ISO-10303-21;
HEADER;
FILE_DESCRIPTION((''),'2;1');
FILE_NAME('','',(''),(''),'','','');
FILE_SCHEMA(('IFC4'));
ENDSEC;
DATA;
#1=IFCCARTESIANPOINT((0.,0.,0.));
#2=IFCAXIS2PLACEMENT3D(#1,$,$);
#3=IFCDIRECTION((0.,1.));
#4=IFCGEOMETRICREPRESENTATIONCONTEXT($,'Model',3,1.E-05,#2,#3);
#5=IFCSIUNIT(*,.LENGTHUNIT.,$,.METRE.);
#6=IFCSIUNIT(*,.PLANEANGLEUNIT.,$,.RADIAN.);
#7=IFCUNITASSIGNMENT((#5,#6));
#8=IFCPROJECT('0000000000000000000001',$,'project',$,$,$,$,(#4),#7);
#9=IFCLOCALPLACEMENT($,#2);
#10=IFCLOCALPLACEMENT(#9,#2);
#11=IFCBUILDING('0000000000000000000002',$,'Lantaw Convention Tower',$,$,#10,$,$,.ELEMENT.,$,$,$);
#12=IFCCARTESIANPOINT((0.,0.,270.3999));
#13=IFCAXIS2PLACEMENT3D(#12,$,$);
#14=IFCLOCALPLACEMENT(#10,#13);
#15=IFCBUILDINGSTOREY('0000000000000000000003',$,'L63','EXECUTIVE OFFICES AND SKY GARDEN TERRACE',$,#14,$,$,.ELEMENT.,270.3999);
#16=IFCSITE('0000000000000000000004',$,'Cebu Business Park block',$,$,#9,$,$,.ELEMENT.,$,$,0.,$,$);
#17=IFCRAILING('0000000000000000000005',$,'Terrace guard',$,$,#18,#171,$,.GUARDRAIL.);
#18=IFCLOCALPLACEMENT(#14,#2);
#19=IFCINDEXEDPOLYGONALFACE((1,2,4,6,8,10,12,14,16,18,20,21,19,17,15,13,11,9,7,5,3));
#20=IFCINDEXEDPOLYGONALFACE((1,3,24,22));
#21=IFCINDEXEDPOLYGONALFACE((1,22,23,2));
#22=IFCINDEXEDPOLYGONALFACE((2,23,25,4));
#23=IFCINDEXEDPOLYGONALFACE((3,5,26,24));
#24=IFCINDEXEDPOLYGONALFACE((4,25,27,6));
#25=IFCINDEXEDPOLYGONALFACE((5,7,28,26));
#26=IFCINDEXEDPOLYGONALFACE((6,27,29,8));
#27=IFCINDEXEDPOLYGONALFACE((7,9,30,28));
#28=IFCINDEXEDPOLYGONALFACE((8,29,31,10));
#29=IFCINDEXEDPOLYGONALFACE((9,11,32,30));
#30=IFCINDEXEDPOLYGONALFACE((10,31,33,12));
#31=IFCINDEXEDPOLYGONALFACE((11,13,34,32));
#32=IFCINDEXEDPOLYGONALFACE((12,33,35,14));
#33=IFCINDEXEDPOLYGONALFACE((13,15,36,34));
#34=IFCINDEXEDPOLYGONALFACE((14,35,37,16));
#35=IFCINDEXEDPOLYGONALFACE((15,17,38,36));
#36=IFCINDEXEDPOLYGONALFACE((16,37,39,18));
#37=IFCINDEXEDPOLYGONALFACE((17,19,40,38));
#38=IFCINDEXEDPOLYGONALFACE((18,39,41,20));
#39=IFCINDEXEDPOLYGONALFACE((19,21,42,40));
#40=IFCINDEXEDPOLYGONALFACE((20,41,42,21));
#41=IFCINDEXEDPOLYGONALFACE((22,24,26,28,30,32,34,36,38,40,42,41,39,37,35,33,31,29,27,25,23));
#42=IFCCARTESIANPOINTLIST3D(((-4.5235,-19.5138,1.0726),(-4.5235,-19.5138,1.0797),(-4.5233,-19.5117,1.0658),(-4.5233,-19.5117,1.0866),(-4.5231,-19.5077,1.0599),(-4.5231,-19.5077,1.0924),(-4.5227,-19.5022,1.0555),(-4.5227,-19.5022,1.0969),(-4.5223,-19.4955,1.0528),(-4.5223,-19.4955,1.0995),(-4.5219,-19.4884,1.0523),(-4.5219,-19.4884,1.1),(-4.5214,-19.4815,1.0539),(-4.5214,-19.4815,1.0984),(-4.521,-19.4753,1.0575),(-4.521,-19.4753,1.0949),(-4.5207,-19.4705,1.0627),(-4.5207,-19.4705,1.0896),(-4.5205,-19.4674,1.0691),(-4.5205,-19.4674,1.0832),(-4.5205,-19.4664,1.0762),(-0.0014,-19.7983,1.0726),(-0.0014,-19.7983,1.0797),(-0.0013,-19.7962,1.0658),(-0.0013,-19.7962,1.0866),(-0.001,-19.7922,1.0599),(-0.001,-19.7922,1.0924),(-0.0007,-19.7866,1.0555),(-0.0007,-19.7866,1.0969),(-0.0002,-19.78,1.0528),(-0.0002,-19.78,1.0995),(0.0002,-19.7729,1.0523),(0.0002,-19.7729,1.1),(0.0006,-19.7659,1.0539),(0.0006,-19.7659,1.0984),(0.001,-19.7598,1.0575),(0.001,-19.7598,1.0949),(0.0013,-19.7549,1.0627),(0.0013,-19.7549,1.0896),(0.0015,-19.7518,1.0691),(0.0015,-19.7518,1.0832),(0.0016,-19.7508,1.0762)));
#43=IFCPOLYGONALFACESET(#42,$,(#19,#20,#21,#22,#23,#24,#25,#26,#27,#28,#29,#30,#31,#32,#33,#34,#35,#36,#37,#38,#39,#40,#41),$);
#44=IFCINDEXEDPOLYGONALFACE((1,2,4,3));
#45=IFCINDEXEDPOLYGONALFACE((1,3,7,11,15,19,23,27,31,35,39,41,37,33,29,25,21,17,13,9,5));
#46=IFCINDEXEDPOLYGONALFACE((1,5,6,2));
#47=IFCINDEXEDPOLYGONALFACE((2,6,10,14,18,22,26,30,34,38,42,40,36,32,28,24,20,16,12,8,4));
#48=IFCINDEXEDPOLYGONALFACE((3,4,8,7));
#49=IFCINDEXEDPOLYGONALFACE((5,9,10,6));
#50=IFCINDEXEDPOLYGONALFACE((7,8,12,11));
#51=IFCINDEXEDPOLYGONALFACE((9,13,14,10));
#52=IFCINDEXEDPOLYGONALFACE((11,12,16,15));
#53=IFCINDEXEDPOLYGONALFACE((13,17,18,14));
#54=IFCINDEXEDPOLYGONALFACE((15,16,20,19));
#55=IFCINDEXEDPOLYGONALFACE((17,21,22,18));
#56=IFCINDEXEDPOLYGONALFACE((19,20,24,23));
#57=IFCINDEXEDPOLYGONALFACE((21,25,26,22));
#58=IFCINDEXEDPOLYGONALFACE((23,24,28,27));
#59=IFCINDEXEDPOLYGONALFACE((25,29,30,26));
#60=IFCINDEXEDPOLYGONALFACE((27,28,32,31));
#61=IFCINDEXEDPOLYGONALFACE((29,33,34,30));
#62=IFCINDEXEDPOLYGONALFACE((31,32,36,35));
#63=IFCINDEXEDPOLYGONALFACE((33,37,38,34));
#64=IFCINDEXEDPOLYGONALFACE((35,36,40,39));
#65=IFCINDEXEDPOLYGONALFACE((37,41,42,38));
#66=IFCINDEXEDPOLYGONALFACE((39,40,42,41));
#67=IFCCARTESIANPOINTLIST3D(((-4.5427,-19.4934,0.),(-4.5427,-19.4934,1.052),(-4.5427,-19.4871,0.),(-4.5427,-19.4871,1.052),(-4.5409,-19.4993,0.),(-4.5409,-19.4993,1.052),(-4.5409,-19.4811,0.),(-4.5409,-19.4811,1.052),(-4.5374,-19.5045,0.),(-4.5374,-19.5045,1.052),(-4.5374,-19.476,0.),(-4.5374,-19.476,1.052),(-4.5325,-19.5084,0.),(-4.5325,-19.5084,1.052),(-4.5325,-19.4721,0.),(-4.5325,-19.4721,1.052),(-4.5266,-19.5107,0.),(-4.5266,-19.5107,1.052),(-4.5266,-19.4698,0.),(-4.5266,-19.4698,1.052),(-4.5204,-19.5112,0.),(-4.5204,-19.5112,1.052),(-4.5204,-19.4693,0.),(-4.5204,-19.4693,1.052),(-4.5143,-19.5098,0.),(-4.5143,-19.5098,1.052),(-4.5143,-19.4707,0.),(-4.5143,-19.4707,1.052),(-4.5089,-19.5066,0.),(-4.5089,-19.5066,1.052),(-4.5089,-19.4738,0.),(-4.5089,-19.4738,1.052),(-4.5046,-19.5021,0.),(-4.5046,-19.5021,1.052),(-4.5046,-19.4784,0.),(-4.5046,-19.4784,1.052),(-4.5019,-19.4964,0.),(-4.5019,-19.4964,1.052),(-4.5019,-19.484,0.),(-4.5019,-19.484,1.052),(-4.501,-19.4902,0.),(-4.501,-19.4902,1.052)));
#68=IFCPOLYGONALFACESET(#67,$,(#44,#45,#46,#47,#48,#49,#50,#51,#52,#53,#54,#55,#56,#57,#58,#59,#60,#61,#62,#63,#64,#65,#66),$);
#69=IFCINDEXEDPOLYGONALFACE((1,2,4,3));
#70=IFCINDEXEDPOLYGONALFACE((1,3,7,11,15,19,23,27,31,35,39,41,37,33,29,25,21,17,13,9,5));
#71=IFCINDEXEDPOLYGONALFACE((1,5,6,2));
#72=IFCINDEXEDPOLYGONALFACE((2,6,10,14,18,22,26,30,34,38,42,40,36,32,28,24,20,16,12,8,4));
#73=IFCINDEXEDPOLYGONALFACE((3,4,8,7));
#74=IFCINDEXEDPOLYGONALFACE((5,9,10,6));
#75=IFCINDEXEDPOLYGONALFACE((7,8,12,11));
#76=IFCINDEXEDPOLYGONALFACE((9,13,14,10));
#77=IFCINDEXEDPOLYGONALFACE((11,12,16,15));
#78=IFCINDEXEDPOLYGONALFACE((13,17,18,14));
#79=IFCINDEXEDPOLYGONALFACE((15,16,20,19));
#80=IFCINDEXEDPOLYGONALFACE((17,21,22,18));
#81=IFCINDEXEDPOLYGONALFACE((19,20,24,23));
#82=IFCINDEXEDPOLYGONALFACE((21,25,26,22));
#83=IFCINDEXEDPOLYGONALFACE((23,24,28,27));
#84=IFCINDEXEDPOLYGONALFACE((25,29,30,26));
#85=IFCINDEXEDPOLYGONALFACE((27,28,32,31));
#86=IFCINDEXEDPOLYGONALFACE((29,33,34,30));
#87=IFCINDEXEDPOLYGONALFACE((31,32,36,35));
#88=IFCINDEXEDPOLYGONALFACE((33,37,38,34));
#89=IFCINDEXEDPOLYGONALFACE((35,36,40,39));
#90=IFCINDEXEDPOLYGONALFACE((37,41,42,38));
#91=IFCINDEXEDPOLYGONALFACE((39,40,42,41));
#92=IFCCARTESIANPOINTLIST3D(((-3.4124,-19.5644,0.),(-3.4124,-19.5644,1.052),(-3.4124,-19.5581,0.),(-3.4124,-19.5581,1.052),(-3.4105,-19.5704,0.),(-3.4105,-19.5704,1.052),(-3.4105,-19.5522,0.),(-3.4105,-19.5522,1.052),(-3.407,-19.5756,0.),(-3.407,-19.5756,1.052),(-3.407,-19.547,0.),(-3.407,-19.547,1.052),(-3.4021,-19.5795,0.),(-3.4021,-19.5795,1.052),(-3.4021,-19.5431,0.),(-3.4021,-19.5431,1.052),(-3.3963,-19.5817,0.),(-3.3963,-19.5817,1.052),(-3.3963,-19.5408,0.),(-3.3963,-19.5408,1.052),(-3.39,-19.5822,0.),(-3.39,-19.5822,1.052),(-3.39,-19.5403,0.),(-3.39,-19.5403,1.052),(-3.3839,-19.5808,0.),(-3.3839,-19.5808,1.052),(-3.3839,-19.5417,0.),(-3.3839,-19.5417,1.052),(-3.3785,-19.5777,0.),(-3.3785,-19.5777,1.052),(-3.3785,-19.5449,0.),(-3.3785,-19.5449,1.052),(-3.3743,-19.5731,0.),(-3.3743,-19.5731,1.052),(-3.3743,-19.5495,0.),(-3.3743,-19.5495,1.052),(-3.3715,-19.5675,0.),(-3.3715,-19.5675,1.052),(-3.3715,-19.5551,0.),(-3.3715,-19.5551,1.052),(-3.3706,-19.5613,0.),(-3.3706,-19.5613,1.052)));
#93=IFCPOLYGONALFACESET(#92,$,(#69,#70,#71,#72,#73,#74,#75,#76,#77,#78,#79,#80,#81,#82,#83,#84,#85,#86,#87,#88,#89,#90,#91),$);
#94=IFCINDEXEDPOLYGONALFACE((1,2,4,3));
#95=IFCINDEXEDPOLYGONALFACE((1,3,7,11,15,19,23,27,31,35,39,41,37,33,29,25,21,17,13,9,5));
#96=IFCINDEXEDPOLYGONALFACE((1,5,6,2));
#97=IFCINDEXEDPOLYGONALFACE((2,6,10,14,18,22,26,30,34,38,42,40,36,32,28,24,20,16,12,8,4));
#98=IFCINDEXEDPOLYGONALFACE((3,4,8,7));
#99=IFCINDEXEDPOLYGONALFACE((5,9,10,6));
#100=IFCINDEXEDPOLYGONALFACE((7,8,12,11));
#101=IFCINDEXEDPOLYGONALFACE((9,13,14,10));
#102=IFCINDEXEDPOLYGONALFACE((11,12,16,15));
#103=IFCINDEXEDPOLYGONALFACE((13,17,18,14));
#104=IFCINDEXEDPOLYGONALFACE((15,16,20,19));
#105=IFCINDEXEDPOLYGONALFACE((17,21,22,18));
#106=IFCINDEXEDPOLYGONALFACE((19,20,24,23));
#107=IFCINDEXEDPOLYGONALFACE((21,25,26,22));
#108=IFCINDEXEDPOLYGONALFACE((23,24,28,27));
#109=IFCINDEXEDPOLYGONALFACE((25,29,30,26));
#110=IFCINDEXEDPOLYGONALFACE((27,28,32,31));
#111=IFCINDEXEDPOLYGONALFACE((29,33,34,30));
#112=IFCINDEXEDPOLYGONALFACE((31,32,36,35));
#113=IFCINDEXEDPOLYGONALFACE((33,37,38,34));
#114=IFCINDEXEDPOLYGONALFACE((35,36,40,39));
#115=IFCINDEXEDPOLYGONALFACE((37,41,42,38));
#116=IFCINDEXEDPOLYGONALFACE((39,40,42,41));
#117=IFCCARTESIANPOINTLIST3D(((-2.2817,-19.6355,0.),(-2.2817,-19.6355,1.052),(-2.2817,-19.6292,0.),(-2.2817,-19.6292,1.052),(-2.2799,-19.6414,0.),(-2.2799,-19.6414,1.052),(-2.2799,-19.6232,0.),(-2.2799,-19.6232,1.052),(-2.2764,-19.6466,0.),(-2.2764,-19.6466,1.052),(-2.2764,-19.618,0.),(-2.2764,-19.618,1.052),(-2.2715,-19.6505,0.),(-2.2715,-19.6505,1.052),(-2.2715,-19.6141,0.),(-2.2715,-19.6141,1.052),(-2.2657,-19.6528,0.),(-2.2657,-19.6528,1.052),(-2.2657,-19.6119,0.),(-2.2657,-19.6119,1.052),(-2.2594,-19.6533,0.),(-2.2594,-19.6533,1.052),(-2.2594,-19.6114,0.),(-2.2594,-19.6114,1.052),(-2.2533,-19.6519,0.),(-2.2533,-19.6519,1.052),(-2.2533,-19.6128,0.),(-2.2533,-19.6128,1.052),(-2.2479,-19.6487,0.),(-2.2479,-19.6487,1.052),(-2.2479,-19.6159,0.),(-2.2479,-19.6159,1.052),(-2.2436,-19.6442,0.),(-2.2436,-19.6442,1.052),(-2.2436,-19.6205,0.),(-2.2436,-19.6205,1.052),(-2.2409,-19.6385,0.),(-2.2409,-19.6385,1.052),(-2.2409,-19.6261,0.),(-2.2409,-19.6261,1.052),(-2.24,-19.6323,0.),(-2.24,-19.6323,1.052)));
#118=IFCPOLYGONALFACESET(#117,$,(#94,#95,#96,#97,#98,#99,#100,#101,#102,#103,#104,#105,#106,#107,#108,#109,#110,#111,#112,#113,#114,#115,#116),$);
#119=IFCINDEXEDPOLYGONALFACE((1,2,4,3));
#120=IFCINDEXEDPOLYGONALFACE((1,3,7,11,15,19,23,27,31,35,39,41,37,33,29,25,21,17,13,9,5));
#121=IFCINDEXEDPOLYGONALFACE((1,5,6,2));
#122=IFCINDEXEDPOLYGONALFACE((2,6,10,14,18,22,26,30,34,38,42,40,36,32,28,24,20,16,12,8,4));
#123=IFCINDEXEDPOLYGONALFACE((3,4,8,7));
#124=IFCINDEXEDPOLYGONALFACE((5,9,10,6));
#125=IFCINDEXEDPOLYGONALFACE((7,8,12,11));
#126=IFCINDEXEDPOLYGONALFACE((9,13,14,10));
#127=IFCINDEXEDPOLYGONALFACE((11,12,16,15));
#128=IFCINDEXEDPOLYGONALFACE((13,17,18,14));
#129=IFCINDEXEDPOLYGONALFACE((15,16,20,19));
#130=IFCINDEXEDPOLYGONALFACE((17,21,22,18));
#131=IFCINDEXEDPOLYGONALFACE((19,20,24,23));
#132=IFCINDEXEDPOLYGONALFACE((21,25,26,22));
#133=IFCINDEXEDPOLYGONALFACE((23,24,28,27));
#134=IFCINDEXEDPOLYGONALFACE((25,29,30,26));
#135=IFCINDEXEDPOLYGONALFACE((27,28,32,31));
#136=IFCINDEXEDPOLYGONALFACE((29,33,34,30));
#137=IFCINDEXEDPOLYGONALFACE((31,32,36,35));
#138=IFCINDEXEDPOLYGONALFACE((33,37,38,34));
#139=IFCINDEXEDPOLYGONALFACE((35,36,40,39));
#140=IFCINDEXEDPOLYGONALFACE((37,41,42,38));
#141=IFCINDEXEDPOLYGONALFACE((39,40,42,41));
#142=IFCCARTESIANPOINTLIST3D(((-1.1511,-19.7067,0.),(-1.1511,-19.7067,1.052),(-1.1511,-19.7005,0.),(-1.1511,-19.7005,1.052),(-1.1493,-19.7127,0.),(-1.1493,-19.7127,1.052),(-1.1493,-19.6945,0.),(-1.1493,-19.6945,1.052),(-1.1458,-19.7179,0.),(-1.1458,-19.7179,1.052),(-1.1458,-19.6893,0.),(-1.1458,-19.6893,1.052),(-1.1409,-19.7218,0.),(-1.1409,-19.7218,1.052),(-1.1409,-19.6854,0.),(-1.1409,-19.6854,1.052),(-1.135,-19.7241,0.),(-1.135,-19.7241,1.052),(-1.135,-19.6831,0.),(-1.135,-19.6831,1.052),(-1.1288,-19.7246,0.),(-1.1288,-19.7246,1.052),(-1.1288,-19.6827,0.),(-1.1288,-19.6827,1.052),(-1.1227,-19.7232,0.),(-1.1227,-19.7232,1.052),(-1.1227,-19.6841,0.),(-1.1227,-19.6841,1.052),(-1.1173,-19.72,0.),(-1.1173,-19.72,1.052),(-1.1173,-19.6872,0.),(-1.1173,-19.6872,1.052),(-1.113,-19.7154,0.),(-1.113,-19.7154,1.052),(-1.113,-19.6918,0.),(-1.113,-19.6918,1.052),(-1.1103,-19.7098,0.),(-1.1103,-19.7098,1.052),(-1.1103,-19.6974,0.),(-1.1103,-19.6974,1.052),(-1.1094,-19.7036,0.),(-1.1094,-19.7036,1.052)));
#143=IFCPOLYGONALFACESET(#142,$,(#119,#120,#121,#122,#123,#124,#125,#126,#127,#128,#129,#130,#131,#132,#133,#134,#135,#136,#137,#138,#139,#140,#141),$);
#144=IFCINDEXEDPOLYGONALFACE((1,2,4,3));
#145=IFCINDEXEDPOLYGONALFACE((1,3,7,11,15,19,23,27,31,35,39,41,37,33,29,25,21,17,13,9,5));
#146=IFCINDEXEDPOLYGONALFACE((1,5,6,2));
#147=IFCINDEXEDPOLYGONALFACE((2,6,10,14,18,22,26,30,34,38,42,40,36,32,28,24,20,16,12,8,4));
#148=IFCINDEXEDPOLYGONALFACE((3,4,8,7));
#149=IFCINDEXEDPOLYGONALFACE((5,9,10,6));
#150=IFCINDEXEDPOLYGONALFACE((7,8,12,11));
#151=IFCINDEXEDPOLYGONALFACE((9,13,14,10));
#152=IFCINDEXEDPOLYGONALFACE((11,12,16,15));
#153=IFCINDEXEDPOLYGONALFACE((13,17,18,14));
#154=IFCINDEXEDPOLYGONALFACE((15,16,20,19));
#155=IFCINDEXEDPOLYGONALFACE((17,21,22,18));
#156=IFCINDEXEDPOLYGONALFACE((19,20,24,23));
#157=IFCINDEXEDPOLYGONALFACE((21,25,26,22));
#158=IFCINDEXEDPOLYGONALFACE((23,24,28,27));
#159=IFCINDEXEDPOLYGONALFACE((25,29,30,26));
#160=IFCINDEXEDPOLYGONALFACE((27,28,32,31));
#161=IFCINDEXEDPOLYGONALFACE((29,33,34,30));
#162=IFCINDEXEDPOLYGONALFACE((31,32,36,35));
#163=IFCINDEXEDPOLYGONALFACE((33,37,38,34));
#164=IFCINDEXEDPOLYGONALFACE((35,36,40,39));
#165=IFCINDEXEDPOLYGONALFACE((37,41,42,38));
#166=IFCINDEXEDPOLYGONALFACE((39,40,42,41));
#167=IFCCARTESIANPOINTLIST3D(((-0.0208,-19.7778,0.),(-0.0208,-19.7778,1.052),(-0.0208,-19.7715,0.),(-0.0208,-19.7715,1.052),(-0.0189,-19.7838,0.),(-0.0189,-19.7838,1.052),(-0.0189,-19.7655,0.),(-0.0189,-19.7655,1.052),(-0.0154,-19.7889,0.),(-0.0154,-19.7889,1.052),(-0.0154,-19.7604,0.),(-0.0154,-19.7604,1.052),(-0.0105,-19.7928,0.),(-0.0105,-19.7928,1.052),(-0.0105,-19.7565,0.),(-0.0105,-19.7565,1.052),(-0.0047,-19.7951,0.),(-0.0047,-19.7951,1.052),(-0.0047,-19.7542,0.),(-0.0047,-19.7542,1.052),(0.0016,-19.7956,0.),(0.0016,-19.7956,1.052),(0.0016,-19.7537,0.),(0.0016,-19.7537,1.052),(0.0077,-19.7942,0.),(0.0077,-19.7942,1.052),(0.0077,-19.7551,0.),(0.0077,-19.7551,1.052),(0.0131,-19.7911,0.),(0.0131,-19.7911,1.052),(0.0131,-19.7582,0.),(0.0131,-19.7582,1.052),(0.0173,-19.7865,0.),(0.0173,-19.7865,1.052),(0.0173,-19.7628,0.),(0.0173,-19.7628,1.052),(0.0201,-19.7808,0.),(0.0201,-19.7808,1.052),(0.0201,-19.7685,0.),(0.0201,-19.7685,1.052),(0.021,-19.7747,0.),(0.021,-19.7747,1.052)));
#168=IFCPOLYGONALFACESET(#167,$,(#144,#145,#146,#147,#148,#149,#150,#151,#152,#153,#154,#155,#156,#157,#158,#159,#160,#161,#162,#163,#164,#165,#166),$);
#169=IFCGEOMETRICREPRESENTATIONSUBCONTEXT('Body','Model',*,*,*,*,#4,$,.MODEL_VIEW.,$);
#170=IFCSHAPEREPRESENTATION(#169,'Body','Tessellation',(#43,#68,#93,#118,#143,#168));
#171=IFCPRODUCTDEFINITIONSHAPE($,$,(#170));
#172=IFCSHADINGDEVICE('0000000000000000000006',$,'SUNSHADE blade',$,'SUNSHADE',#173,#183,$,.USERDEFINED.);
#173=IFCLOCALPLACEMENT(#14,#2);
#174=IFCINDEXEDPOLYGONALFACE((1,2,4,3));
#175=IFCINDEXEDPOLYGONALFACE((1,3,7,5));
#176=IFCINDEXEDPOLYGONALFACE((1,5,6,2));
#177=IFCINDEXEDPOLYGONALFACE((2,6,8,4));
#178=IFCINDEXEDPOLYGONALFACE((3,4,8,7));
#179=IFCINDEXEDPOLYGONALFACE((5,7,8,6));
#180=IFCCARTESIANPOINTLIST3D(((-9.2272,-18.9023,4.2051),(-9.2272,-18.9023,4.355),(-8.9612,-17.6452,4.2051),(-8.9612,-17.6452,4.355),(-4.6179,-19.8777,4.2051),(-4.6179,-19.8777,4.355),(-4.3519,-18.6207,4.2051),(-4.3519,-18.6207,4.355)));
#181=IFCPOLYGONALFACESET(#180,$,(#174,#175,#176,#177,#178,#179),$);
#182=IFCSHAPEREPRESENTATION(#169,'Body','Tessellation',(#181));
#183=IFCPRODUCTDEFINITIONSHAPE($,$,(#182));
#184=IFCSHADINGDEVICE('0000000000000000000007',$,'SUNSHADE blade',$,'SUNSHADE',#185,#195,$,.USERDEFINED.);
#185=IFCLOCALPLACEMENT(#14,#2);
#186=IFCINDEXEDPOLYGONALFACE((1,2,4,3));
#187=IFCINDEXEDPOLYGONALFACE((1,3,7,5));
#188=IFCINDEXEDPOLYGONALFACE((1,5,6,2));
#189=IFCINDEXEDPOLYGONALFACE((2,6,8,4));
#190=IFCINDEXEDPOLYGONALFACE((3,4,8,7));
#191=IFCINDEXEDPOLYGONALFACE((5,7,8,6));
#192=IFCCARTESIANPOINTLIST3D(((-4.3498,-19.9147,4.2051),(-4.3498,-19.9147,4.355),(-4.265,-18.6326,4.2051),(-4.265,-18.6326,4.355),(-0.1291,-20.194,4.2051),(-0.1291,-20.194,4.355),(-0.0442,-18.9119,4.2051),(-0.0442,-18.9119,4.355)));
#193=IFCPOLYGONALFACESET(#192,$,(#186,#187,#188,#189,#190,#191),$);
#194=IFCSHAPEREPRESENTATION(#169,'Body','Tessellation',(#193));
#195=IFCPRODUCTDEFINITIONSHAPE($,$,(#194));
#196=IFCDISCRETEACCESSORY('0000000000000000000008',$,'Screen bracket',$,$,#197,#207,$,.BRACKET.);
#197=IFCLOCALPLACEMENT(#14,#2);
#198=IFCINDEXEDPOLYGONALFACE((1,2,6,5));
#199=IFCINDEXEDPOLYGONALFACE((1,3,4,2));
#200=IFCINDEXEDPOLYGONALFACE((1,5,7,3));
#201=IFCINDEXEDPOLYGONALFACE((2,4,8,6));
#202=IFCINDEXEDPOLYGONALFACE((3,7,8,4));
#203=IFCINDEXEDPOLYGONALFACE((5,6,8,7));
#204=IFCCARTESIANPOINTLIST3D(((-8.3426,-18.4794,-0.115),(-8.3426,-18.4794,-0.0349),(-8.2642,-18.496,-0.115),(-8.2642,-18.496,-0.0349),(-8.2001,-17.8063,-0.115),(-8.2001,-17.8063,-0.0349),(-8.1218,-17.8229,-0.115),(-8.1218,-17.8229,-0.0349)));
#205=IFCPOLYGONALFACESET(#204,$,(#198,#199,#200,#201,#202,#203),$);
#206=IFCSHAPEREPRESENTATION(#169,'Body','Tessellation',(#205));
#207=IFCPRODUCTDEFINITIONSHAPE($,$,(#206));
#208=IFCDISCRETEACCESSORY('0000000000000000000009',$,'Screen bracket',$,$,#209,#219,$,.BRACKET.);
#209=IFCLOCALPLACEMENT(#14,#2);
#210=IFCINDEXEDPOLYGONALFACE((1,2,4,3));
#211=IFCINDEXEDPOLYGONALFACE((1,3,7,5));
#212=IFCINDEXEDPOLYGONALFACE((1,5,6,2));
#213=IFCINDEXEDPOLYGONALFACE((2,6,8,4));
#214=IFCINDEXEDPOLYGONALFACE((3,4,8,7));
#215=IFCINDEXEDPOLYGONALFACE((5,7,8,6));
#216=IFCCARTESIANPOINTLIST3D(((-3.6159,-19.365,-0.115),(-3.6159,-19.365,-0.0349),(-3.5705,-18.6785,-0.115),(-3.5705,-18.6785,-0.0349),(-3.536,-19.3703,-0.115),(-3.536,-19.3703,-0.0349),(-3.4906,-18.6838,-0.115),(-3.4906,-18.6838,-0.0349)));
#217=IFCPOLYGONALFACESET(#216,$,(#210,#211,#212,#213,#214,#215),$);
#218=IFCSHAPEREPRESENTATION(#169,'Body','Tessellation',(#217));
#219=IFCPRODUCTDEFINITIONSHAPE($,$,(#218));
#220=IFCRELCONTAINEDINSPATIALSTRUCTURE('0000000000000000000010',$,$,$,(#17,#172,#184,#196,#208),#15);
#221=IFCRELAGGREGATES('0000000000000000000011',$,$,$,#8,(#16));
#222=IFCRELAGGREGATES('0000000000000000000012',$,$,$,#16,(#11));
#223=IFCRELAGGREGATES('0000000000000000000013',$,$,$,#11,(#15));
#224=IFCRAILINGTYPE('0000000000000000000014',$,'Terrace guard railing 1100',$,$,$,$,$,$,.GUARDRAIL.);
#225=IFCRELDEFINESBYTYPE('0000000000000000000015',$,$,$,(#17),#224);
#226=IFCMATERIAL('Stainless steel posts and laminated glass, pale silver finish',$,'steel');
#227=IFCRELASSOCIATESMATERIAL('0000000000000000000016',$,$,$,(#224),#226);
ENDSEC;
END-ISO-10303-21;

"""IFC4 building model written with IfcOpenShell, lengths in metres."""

from ifc_helpers import new_model, si_unit, direction, frame, origin, origin_2d, place, context, subcontext, project, spatial, rectangle, circle, extrude, material, type_object, element, save


model = new_model("IFC4")

# Units and contexts
model_context = context("Model", 3, precision=1e-05, world=origin(), true_north=direction((0.0, 1.0)))
body_context = subcontext(model_context, "Body", "Model", "MODEL_VIEW")
ifc_project = project(units=[si_unit("LENGTHUNIT", "METRE"), si_unit("PLANEANGLEUNIT", "RADIAN")], contexts=[model_context])

# Site, building, storey
site_placement = place(None, origin())
site = spatial("IfcSite", under=ifc_project, at=site_placement, Name="Cebu Business Park block", CompositionType="ELEMENT", RefElevation=0.0)
building_placement = place(site_placement, origin())
building = spatial("IfcBuilding", under=site, at=building_placement, Name="Lantaw Convention Tower", CompositionType="ELEMENT")
storey_placement = place(building_placement, frame((0.0, 0.0, 270.3999)))
storey = spatial("IfcBuildingStorey", under=building, at=storey_placement, Name="L63", Description="EXECUTIVE OFFICES AND SKY GARDEN TERRACE", CompositionType="ELEMENT", Elevation=270.3999)

# Railing
ifc_material_1 = material(Name="Stainless steel posts and laminated glass, pale silver finish", Category="steel")
railing_type = type_object("IfcRailingType", Name="Terrace guard railing 1100", PredefinedType="GUARDRAIL", material=ifc_material_1)
railing_1_placement = place(storey_placement, frame((-4.522, -19.4902, 0.0)))
element("IfcRailing", 1, at=railing_1_placement, inside=storey, type_object=railing_type, Name="Terrace guard", PredefinedType="GUARDRAIL", context=body_context, shape_type="SweptSolid", body=[
    extrude(circle(Radius=0.0239, at=origin_2d()), frame((0.0, 0.0, 1.0762), z_axis=(0.998028, -0.062774, 0.0), x_axis=(0.062774, 0.998028, 0.0)), (0.0, 0.0, 1.0), 4.531),
    extrude(circle(Radius=0.021, at=origin_2d()), origin(), (0.0, 0.0, 1.0), 1.052),
    extrude(circle(Radius=0.021, at=origin_2d()), frame((1.1304, -0.071, 0.0)), (0.0, 0.0, 1.0), 1.052),
    extrude(circle(Radius=0.021, at=origin_2d()), frame((2.261, -0.1421, 0.0)), (0.0, 0.0, 1.0), 1.052),
    extrude(circle(Radius=0.021, at=origin_2d()), frame((3.3916, -0.2134, 0.0)), (0.0, 0.0, 1.0), 1.052),
    extrude(circle(Radius=0.021, at=origin_2d()), frame((4.522, -0.2844, 0.0)), (0.0, 0.0, 1.0), 1.052),
])

# Shading devices
shading_device_1_placement = place(storey_placement, frame((-6.7896, -18.7615, 4.2051), z_axis=(0.0, 0.0, 1.0), x_axis=(0.978332, -0.20704, 0.0)))
element("IfcShadingDevice", 2, at=shading_device_1_placement, inside=storey, Name="SUNSHADE blade", ObjectType="SUNSHADE", PredefinedType="USERDEFINED", context=body_context, shape_type="SweptSolid", body=[
    extrude(rectangle(XDim=4.7114, YDim=1.2849, at=origin_2d()), origin(), (0.0, 0.0, 1.0), 0.1499),
])
shading_device_2_placement = place(storey_placement, frame((-2.197, -19.4133, 4.2051), z_axis=(0.0, 0.0, 1.0), x_axis=(0.997818, -0.066025, 0.0)))
element("IfcShadingDevice", 3, at=shading_device_2_placement, inside=storey, Name="SUNSHADE blade", ObjectType="SUNSHADE", PredefinedType="USERDEFINED", context=body_context, shape_type="SweptSolid", body=[
    extrude(rectangle(XDim=4.23, YDim=1.2849, at=origin_2d()), origin(), (0.0, 0.0, 1.0), 0.1499),
])

# Discrete accessories
for number, where, z_axis, x_axis, name in (
    (4, (-8.2322, -18.1511, -0.115), (0.0, 0.0, 1.0), (0.978332, -0.20704, 0.0), "Screen bracket"),
    (5, (-3.5532, -19.0244, -0.115), (0.0, 0.0, 1.0), (0.997818, -0.066025, 0.0), "Screen bracket"),
):
    element("IfcDiscreteAccessory", number, at=place(storey_placement, frame(where, z_axis=z_axis, x_axis=x_axis)), inside=storey, Name=name, PredefinedType="BRACKET", context=body_context, shape_type="SweptSolid", body=[
        extrude(rectangle(XDim=0.0801, YDim=0.688, at=origin_2d()), origin(), (0.0, 0.0, 1.0), 0.0801),
    ])

save(model, "model.ifc")
